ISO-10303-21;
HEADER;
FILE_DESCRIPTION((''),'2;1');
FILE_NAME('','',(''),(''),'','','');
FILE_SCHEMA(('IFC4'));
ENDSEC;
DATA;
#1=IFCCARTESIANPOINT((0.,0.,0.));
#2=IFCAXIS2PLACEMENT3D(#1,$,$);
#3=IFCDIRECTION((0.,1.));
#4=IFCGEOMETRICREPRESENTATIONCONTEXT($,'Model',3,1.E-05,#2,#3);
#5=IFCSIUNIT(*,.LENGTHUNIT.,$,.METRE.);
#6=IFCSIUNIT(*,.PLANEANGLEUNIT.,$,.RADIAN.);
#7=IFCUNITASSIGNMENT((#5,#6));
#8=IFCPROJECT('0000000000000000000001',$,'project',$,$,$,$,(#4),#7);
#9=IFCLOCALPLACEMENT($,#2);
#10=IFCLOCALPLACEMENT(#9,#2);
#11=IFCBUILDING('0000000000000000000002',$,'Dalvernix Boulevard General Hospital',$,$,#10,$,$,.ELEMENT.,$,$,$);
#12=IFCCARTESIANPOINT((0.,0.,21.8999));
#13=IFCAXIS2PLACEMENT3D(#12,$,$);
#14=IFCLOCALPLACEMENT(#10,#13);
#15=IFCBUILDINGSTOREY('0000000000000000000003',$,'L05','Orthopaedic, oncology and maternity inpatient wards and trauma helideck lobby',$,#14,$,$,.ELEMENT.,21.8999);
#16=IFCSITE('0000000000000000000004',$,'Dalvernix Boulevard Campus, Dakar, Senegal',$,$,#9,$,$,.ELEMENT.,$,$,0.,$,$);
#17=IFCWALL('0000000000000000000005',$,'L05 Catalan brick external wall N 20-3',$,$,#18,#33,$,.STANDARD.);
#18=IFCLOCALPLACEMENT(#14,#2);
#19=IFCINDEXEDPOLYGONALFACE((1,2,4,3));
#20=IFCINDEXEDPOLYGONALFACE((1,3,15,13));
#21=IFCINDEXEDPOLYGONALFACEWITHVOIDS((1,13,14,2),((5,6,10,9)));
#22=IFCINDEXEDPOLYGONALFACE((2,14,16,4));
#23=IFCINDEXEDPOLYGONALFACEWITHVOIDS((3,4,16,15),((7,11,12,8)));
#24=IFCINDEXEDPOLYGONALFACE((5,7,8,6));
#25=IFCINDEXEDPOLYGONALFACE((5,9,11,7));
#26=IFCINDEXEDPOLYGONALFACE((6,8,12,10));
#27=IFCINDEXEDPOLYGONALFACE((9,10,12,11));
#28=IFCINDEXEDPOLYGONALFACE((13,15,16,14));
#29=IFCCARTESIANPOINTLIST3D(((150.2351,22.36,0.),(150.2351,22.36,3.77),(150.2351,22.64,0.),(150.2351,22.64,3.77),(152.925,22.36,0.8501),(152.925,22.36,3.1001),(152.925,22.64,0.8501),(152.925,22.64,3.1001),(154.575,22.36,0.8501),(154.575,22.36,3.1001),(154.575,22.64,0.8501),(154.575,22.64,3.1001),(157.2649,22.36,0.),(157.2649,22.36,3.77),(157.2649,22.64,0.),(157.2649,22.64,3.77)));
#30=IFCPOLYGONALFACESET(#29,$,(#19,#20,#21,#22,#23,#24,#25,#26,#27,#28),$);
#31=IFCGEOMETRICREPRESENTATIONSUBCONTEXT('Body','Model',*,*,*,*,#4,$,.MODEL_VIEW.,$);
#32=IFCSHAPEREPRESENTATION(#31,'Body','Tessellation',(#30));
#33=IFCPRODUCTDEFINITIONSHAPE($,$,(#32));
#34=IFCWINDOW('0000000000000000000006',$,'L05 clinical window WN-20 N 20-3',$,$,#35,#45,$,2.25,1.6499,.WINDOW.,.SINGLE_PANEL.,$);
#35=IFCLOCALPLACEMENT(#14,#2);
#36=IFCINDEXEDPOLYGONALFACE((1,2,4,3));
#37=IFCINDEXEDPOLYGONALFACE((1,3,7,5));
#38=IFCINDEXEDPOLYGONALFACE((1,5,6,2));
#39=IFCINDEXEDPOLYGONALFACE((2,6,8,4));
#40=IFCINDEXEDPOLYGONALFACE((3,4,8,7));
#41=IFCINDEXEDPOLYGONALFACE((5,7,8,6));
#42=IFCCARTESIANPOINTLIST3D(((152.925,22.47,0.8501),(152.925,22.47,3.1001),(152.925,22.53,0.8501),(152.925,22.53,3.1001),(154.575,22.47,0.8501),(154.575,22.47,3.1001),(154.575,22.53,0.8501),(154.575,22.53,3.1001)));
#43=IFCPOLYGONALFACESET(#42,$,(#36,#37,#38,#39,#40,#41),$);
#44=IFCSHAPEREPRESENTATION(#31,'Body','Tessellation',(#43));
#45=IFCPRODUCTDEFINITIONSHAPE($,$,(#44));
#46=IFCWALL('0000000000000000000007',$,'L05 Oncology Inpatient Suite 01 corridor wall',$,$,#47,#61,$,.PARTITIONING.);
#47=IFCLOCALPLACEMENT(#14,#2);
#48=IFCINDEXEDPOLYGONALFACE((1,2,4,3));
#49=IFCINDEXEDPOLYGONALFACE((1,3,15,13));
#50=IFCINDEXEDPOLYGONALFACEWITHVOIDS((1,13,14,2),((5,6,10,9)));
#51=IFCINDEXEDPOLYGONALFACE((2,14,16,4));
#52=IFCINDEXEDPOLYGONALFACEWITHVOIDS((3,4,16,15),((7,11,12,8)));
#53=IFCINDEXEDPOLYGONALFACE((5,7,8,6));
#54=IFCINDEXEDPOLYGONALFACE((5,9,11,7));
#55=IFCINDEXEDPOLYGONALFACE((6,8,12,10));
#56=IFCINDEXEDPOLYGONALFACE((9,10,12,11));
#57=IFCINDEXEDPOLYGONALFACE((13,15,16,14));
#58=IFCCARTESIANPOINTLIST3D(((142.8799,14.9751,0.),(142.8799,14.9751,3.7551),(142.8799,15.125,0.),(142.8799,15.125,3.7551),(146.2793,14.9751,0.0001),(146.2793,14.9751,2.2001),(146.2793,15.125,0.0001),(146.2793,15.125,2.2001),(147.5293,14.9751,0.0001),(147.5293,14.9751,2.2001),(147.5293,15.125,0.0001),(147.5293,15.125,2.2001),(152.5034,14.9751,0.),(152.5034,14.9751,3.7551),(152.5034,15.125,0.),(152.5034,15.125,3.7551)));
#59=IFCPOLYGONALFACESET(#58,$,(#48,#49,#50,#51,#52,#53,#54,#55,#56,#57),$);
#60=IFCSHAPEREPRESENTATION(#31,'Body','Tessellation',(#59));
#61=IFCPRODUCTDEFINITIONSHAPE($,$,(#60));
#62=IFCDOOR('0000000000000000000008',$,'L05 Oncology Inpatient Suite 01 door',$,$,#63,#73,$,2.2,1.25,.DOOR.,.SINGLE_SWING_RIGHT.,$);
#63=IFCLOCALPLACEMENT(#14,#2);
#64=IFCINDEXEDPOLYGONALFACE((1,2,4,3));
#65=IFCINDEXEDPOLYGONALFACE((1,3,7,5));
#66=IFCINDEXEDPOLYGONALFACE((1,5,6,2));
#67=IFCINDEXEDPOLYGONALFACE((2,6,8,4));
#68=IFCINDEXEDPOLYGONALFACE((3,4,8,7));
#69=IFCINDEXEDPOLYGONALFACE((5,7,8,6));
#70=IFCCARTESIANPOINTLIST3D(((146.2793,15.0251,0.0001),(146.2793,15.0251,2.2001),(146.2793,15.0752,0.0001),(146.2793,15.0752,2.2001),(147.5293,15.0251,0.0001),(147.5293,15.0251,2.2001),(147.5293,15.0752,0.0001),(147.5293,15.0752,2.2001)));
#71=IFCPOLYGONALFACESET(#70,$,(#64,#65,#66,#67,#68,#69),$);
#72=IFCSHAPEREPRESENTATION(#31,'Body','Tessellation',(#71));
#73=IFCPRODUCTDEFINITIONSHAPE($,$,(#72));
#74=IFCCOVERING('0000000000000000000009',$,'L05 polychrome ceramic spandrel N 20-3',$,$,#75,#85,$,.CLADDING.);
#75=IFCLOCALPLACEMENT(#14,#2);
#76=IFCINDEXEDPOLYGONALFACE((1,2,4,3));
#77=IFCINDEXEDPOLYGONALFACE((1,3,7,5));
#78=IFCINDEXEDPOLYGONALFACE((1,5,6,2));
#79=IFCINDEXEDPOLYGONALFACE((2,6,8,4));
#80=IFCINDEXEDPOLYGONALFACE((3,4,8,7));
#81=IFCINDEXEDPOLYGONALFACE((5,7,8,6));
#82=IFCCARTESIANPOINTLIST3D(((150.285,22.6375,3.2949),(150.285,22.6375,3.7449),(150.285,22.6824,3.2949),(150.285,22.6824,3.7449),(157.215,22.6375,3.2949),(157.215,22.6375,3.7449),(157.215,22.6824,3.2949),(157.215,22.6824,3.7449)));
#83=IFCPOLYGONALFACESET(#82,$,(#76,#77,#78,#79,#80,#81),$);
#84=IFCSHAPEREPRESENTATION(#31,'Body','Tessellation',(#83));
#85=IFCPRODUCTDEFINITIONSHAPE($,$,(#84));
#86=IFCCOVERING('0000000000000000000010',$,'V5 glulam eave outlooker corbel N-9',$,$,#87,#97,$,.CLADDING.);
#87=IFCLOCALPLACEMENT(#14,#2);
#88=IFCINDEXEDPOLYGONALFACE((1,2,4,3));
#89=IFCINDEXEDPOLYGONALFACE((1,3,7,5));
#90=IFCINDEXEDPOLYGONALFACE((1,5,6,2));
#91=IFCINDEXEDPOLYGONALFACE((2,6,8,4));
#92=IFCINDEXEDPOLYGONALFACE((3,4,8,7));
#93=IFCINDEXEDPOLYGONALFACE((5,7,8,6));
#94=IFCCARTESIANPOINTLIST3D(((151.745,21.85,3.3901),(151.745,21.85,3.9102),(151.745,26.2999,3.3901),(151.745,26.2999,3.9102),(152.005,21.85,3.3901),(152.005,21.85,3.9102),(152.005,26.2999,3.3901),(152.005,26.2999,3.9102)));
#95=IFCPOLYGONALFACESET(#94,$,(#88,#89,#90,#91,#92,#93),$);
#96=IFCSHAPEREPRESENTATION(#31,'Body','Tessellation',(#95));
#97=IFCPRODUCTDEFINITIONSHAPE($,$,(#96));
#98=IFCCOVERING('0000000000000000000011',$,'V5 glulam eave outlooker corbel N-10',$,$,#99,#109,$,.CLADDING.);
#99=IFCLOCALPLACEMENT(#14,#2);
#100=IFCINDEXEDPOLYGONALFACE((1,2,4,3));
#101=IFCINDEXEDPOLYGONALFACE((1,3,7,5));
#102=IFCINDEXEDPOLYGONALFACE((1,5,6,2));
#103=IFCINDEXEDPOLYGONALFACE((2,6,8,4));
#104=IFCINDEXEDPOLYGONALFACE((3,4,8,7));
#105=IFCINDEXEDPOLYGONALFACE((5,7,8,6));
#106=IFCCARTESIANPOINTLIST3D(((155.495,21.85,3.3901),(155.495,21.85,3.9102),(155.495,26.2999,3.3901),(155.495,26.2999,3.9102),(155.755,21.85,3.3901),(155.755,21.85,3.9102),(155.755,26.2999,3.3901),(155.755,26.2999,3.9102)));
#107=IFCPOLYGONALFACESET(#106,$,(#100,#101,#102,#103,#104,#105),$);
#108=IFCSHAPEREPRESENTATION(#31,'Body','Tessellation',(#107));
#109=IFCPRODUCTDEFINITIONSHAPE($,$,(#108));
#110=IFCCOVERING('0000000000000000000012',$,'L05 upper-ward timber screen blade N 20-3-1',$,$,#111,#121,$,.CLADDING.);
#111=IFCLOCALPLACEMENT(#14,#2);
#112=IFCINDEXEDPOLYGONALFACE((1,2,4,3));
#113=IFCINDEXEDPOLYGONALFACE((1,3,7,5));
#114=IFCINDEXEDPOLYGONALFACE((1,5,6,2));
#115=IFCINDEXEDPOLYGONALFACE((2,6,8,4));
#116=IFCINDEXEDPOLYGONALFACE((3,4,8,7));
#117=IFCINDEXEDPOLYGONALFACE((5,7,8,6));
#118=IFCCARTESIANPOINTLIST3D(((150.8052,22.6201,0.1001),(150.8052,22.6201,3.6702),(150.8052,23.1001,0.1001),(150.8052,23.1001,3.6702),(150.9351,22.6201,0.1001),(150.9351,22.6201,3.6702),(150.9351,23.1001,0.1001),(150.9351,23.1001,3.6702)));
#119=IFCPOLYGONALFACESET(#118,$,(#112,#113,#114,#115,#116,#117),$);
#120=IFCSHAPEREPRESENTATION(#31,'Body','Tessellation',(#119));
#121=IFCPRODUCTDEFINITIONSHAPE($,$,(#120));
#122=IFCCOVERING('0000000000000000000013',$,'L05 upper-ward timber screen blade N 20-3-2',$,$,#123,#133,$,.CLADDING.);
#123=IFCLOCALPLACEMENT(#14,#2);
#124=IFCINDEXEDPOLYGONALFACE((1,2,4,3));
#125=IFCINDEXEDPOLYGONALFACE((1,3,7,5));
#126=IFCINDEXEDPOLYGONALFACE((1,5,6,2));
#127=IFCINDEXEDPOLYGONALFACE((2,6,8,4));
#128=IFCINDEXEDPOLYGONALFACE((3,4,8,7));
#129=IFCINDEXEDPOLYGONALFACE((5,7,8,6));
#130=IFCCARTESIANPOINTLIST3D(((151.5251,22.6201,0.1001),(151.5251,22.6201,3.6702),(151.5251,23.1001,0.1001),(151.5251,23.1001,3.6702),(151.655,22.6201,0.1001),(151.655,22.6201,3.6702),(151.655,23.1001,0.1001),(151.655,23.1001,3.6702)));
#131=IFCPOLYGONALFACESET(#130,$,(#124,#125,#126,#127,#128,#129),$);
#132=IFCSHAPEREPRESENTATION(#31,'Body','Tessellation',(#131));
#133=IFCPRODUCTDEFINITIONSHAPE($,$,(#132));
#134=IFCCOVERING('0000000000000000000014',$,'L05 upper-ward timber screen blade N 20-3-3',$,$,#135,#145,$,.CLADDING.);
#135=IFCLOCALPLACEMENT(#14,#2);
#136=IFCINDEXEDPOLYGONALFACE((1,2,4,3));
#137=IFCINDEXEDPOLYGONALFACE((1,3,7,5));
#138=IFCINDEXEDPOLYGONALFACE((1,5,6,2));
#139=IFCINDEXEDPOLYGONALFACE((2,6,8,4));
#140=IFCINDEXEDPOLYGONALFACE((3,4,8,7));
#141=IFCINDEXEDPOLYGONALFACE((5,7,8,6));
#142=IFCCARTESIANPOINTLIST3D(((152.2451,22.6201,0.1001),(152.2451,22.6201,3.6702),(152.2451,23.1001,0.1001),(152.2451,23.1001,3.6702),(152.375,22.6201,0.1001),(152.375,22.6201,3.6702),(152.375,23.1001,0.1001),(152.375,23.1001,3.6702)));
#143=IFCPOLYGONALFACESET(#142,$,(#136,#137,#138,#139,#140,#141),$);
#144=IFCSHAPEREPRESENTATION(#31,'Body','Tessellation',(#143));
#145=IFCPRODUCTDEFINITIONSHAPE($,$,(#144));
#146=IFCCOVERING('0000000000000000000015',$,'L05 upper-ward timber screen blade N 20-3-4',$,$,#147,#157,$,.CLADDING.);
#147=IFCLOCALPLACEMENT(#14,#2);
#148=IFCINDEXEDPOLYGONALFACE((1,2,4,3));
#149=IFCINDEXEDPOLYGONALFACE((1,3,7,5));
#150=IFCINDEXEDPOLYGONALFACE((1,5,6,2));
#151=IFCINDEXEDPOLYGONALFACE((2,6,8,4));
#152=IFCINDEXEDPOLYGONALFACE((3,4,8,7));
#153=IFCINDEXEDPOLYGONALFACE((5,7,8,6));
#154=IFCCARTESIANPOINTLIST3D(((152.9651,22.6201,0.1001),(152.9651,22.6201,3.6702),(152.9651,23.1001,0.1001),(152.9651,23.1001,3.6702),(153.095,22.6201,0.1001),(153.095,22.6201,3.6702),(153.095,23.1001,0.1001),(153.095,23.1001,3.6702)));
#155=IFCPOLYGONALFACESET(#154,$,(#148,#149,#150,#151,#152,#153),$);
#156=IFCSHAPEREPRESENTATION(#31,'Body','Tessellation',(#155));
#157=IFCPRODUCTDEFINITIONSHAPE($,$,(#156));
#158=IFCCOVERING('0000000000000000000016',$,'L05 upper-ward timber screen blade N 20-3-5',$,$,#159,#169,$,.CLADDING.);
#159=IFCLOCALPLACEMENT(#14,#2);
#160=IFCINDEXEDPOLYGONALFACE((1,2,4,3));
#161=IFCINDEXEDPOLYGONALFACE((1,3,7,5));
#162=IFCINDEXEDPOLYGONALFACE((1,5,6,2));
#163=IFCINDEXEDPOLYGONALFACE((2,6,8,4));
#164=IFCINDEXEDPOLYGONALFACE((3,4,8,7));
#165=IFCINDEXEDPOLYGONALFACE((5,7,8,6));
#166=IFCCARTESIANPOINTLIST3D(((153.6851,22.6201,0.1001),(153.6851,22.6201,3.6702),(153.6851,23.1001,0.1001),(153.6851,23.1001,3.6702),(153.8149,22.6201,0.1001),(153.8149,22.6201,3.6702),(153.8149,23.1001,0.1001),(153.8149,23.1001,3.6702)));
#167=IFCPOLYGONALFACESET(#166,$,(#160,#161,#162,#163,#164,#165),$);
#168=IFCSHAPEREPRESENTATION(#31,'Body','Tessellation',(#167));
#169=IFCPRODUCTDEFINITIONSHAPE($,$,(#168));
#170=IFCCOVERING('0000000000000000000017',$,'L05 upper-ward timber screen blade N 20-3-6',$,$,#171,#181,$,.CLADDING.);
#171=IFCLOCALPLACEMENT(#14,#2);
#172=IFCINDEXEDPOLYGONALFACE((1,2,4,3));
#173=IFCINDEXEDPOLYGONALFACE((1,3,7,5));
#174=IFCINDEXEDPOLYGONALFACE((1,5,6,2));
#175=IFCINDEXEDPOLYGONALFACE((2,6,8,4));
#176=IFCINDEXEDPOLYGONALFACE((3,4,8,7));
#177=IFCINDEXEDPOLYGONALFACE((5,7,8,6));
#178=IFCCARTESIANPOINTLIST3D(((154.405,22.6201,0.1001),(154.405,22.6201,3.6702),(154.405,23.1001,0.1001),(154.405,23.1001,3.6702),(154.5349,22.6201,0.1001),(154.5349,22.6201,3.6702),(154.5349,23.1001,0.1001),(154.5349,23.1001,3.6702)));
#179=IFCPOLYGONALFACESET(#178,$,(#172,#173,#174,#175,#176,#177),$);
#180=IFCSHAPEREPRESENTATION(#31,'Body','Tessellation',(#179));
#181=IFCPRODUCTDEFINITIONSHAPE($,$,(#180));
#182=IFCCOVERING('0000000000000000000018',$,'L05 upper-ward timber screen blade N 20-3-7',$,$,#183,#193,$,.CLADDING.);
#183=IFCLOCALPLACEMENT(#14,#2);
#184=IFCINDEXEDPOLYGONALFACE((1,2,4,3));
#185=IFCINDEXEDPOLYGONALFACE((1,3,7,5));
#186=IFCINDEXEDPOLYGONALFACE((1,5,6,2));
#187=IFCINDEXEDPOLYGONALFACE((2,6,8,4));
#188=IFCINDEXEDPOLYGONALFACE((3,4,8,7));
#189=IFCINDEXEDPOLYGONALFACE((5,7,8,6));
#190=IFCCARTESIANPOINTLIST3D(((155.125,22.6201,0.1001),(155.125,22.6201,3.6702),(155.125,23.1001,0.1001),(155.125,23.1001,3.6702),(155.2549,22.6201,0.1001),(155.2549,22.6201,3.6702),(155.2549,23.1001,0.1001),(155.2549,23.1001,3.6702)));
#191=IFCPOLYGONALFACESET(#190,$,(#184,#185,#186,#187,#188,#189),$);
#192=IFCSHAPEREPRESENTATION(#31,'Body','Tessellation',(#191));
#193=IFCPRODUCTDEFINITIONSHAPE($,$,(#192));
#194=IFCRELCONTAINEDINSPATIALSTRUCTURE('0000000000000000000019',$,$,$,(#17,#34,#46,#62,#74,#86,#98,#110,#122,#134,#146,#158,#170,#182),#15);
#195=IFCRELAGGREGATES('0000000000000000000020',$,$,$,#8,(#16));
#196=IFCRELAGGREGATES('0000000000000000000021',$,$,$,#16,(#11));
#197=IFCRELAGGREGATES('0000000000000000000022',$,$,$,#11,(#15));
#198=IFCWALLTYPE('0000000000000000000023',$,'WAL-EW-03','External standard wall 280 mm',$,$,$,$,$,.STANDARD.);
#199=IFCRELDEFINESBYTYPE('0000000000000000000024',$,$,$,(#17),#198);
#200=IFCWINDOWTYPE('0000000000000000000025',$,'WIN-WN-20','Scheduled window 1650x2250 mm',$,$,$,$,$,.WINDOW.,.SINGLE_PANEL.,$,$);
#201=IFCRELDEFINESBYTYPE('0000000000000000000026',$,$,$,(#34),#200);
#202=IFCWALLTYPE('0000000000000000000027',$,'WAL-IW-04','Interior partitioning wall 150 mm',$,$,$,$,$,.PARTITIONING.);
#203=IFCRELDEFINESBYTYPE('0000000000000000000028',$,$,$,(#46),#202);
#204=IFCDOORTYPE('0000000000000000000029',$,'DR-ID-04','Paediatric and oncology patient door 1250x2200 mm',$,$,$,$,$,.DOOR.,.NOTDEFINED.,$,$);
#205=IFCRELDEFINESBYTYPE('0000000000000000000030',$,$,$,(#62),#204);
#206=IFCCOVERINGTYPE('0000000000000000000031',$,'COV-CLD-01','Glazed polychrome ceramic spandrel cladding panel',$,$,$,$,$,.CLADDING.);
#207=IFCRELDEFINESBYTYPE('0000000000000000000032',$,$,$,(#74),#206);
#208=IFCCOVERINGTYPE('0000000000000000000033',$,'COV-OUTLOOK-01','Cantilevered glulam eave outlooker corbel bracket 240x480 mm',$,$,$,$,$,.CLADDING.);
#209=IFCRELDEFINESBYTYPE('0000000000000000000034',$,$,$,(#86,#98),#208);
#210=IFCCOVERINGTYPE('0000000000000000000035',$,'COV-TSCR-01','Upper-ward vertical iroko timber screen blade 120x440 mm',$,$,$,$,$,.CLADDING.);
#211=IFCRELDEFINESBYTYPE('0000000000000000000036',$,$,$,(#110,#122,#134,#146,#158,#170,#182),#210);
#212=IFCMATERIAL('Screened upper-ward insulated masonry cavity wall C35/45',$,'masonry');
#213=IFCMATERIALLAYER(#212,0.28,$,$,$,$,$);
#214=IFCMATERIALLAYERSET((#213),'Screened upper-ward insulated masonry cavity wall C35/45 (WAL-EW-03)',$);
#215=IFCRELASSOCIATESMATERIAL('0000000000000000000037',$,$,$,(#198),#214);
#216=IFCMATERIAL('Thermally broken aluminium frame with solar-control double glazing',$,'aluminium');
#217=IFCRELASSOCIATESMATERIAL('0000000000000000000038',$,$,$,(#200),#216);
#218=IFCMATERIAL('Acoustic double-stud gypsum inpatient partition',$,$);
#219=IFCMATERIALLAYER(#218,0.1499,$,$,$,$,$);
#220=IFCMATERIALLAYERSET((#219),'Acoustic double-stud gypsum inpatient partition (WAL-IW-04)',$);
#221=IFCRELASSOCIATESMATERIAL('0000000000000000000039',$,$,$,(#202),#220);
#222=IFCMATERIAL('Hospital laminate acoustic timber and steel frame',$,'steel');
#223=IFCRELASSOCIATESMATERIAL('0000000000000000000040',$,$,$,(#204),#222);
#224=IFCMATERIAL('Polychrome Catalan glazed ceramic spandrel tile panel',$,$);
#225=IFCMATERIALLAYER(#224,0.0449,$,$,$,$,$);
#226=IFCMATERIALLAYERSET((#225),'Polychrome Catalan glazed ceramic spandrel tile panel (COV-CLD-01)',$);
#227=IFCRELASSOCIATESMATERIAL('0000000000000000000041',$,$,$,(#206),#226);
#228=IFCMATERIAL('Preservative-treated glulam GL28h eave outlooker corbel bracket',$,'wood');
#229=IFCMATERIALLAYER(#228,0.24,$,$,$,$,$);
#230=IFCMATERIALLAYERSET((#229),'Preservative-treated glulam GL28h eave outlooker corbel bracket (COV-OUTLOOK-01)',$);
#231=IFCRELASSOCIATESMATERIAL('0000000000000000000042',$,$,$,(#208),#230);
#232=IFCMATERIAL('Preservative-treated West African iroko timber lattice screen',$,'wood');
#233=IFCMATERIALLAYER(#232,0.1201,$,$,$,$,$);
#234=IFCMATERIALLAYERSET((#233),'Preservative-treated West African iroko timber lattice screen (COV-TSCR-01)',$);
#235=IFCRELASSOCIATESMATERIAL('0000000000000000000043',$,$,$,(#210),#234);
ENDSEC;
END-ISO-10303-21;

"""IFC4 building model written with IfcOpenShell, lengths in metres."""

from ifc_helpers import new_model, si_unit, direction, frame, frame_2d, origin, origin_2d, place, context, subcontext, project, spatial, rectangle, extrude, material, layer, layer_set, type_object, element, fill, save


model = new_model("IFC4")

# Units and contexts
model_context = context("Model", 3, precision=1e-05, world=origin(), true_north=direction((0.0, 1.0)))
body_context = subcontext(model_context, "Body", "Model", "MODEL_VIEW")
ifc_project = project(units=[si_unit("LENGTHUNIT", "METRE"), si_unit("PLANEANGLEUNIT", "RADIAN")], contexts=[model_context])

# Site, building, storey
site_placement = place(None, origin())
site = spatial("IfcSite", under=ifc_project, at=site_placement, Name="Dalvernix Boulevard Campus, Dakar, Senegal", CompositionType="ELEMENT", RefElevation=0.0)
building_placement = place(site_placement, origin())
building = spatial("IfcBuilding", under=site, at=building_placement, Name="Dalvernix Boulevard General Hospital", CompositionType="ELEMENT")
storey_placement = place(building_placement, frame((0.0, 0.0, 21.8999)))
storey = spatial("IfcBuildingStorey", under=building, at=storey_placement, Name="L05", Description="Orthopaedic, oncology and maternity inpatient wards and trauma helideck lobby", CompositionType="ELEMENT", Elevation=21.8999)

# Wall, opening, window
ifc_material_1 = material(Name="Screened upper-ward insulated masonry cavity wall C35/45", Category="masonry")
ifc_layer_1 = layer(ifc_material_1, 0.28)
ifc_layer_set_1 = layer_set([ifc_layer_1], Name="Screened upper-ward insulated masonry cavity wall C35/45 (WAL-EW-03)")
wall_type_1 = type_object("IfcWallType", Name="WAL-EW-03", Description="External standard wall 280 mm", PredefinedType="STANDARD", material=ifc_layer_set_1)
wall_1_placement = place(storey_placement, frame((150.2351, 22.5, 0.0), z_axis=(0.0, 0.0, 1.0), x_axis=(1.0, 0.0, 0.0)))
wall_1 = element("IfcWall", 1, at=wall_1_placement, inside=storey, type_object=wall_type_1, Name="L05 Catalan brick external wall N 20-3", PredefinedType="STANDARD", context=body_context, shape_type="SweptSolid", body=[
    extrude(rectangle(XDim=7.0298, YDim=0.28, at=frame_2d((3.5149, 0.0))), origin(), (0.0, 0.0, 1.0), 3.77),
])
opening_1_placement = place(wall_1_placement, frame((2.6899, 0.0, 0.8501)))
opening_1 = element("IfcOpeningElement", 2, at=opening_1_placement, cuts=wall_1, PredefinedType="OPENING", context=body_context, shape_type="SweptSolid", body=[
    extrude(rectangle(XDim=1.6499, YDim=2.25, at=frame_2d((0.825, 1.125))), frame((0.0, 0.1499, 0.0), z_axis=(0.0, -1.0, 0.0), x_axis=(1.0, 0.0, 0.0)), (0.0, 0.0, 1.0), 0.3),
])
ifc_material_2 = material(Name="Thermally broken aluminium frame with solar-control double glazing", Category="aluminium")
window_type = type_object("IfcWindowType", Name="WIN-WN-20", Description="Scheduled window 1650x2250 mm", PartitioningType="SINGLE_PANEL", PredefinedType="WINDOW", material=ifc_material_2)
window_placement = place(opening_1_placement, origin())
window = element("IfcWindow", 3, at=window_placement, inside=storey, type_object=window_type, Name="L05 clinical window WN-20 N 20-3", OverallHeight=2.25, OverallWidth=1.6499, PartitioningType="SINGLE_PANEL", PredefinedType="WINDOW", context=body_context, shape_type="SweptSolid", body=[
    extrude(rectangle(XDim=1.6499, YDim=2.25, at=frame_2d((0.825, 1.125))), frame((0.0, 0.03, 0.0), z_axis=(0.0, -1.0, 0.0), x_axis=(1.0, 0.0, 0.0)), (0.0, 0.0, 1.0), 0.0601),
])
fill(opening_1, window)

# Wall, opening, door
ifc_material_3 = material(Name="Acoustic double-stud gypsum inpatient partition")
ifc_layer_2 = layer(ifc_material_3, 0.1499)
ifc_layer_set_2 = layer_set([ifc_layer_2], Name="Acoustic double-stud gypsum inpatient partition (WAL-IW-04)")
wall_type_2 = type_object("IfcWallType", Name="WAL-IW-04", Description="Interior partitioning wall 150 mm", PredefinedType="PARTITIONING", material=ifc_layer_set_2)
wall_2_placement = place(storey_placement, frame((152.5034, 15.05, 0.0), z_axis=(0.0, 0.0, 1.0), x_axis=(-1.0, 0.0, 0.0)))
wall_2 = element("IfcWall", 4, at=wall_2_placement, inside=storey, type_object=wall_type_2, Name="L05 Oncology Inpatient Suite 01 corridor wall", PredefinedType="PARTITIONING", context=body_context, shape_type="SweptSolid", body=[
    extrude(rectangle(XDim=9.6235, YDim=0.1499, at=frame_2d((4.8118, 0.0))), origin(), (0.0, 0.0, 1.0), 3.7551),
])
opening_2_placement = place(wall_2_placement, frame((4.9741, 0.0, 0.0)))
opening_2 = element("IfcOpeningElement", 5, at=opening_2_placement, cuts=wall_2, PredefinedType="OPENING", context=body_context, shape_type="SweptSolid", body=[
    extrude(rectangle(XDim=1.25, YDim=2.2, at=frame_2d((0.625, 1.1001))), frame((0.0, 0.085, 0.0), z_axis=(0.0, -1.0, 0.0), x_axis=(1.0, 0.0, 0.0)), (0.0, 0.0, 1.0), 0.1699),
])
ifc_material_4 = material(Name="Hospital laminate acoustic timber and steel frame", Category="steel")
door_type = type_object("IfcDoorType", Name="DR-ID-04", Description="Paediatric and oncology patient door 1250x2200 mm", OperationType="NOTDEFINED", PredefinedType="DOOR", material=ifc_material_4)
door_placement = place(opening_2_placement, origin())
door = element("IfcDoor", 6, at=door_placement, inside=storey, type_object=door_type, Name="L05 Oncology Inpatient Suite 01 door", OperationType="SINGLE_SWING_RIGHT", OverallHeight=2.2, OverallWidth=1.25, PredefinedType="DOOR", context=body_context, shape_type="SweptSolid", body=[
    extrude(rectangle(XDim=1.25, YDim=2.2, at=frame_2d((0.625, 1.1001))), frame((0.0, 0.0249, 0.0), z_axis=(0.0, -1.0, 0.0), x_axis=(1.0, 0.0, 0.0)), (0.0, 0.0, 1.0), 0.05),
])
fill(opening_2, door)

# Coverings
ifc_material_5 = material(Name="Polychrome Catalan glazed ceramic spandrel tile panel")
ifc_layer_3 = layer(ifc_material_5, 0.0449)
ifc_layer_set_3 = layer_set([ifc_layer_3], Name="Polychrome Catalan glazed ceramic spandrel tile panel (COV-CLD-01)")
covering_type_1 = type_object("IfcCoveringType", Name="COV-CLD-01", Description="Glazed polychrome ceramic spandrel cladding panel", PredefinedType="CLADDING", material=ifc_layer_set_3)
covering_placement = place(storey_placement, frame((153.75, 22.6599, 3.2949), z_axis=(0.0, 0.0, 1.0), x_axis=(1.0, 0.0, 0.0)))
element("IfcCovering", 7, at=covering_placement, inside=storey, type_object=covering_type_1, Name="L05 polychrome ceramic spandrel N 20-3", PredefinedType="CLADDING", context=body_context, shape_type="SweptSolid", body=[
    extrude(rectangle(XDim=6.9299, YDim=0.0449, at=origin_2d()), origin(), (0.0, 0.0, 1.0), 0.45),
])
ifc_material_6 = material(Name="Preservative-treated glulam GL28h eave outlooker corbel bracket", Category="wood")
ifc_layer_4 = layer(ifc_material_6, 0.24)
ifc_layer_set_4 = layer_set([ifc_layer_4], Name="Preservative-treated glulam GL28h eave outlooker corbel bracket (COV-OUTLOOK-01)")
covering_type_2 = type_object("IfcCoveringType", Name="COV-OUTLOOK-01", Description="Cantilevered glulam eave outlooker corbel bracket 240x480 mm", PredefinedType="CLADDING", material=ifc_layer_set_4)
for number, where, z_axis, x_axis, name in (
    (8, (151.875, 24.075, 3.3901), (0.0, 0.0, 1.0), (1.0, 0.0, 0.0), "V5 glulam eave outlooker corbel N-9"),
    (9, (155.625, 24.075, 3.3901), (0.0, 0.0, 1.0), (1.0, 0.0, 0.0), "V5 glulam eave outlooker corbel N-10"),
):
    element("IfcCovering", number, at=place(storey_placement, frame(where, z_axis=z_axis, x_axis=x_axis)), inside=storey, type_object=covering_type_2, Name=name, PredefinedType="CLADDING", context=body_context, shape_type="SweptSolid", body=[
        extrude(rectangle(XDim=0.26, YDim=4.45, at=origin_2d()), origin(), (0.0, 0.0, 1.0), 0.52),
    ])
ifc_material_7 = material(Name="Preservative-treated West African iroko timber lattice screen", Category="wood")
ifc_layer_5 = layer(ifc_material_7, 0.1201)
ifc_layer_set_5 = layer_set([ifc_layer_5], Name="Preservative-treated West African iroko timber lattice screen (COV-TSCR-01)")
covering_type_3 = type_object("IfcCoveringType", Name="COV-TSCR-01", Description="Upper-ward vertical iroko timber screen blade 120x440 mm", PredefinedType="CLADDING", material=ifc_layer_set_5)
for number, where, z_axis, x_axis, name in (
    (10, (150.8701, 22.8601, 0.1001), (0.0, 0.0, 1.0), (1.0, 0.0, 0.0), "L05 upper-ward timber screen blade N 20-3-1"),
    (11, (151.5901, 22.8601, 0.1001), (0.0, 0.0, 1.0), (1.0, 0.0, 0.0), "L05 upper-ward timber screen blade N 20-3-2"),
    (12, (152.3101, 22.8601, 0.1001), (0.0, 0.0, 1.0), (1.0, 0.0, 0.0), "L05 upper-ward timber screen blade N 20-3-3"),
    (13, (153.03, 22.8601, 0.1001), (0.0, 0.0, 1.0), (1.0, 0.0, 0.0), "L05 upper-ward timber screen blade N 20-3-4"),
    (14, (153.75, 22.8601, 0.1001), (0.0, 0.0, 1.0), (1.0, 0.0, 0.0), "L05 upper-ward timber screen blade N 20-3-5"),
    (15, (154.47, 22.8601, 0.1001), (0.0, 0.0, 1.0), (1.0, 0.0, 0.0), "L05 upper-ward timber screen blade N 20-3-6"),
    (16, (155.1899, 22.8601, 0.1001), (0.0, 0.0, 1.0), (1.0, 0.0, 0.0), "L05 upper-ward timber screen blade N 20-3-7"),
):
    element("IfcCovering", number, at=place(storey_placement, frame(where, z_axis=z_axis, x_axis=x_axis)), inside=storey, type_object=covering_type_3, Name=name, PredefinedType="CLADDING", context=body_context, shape_type="SweptSolid", body=[
        extrude(rectangle(XDim=0.1299, YDim=0.48, at=origin_2d()), origin(), (0.0, 0.0, 1.0), 3.5701),
    ])

save(model, "model.ifc")
